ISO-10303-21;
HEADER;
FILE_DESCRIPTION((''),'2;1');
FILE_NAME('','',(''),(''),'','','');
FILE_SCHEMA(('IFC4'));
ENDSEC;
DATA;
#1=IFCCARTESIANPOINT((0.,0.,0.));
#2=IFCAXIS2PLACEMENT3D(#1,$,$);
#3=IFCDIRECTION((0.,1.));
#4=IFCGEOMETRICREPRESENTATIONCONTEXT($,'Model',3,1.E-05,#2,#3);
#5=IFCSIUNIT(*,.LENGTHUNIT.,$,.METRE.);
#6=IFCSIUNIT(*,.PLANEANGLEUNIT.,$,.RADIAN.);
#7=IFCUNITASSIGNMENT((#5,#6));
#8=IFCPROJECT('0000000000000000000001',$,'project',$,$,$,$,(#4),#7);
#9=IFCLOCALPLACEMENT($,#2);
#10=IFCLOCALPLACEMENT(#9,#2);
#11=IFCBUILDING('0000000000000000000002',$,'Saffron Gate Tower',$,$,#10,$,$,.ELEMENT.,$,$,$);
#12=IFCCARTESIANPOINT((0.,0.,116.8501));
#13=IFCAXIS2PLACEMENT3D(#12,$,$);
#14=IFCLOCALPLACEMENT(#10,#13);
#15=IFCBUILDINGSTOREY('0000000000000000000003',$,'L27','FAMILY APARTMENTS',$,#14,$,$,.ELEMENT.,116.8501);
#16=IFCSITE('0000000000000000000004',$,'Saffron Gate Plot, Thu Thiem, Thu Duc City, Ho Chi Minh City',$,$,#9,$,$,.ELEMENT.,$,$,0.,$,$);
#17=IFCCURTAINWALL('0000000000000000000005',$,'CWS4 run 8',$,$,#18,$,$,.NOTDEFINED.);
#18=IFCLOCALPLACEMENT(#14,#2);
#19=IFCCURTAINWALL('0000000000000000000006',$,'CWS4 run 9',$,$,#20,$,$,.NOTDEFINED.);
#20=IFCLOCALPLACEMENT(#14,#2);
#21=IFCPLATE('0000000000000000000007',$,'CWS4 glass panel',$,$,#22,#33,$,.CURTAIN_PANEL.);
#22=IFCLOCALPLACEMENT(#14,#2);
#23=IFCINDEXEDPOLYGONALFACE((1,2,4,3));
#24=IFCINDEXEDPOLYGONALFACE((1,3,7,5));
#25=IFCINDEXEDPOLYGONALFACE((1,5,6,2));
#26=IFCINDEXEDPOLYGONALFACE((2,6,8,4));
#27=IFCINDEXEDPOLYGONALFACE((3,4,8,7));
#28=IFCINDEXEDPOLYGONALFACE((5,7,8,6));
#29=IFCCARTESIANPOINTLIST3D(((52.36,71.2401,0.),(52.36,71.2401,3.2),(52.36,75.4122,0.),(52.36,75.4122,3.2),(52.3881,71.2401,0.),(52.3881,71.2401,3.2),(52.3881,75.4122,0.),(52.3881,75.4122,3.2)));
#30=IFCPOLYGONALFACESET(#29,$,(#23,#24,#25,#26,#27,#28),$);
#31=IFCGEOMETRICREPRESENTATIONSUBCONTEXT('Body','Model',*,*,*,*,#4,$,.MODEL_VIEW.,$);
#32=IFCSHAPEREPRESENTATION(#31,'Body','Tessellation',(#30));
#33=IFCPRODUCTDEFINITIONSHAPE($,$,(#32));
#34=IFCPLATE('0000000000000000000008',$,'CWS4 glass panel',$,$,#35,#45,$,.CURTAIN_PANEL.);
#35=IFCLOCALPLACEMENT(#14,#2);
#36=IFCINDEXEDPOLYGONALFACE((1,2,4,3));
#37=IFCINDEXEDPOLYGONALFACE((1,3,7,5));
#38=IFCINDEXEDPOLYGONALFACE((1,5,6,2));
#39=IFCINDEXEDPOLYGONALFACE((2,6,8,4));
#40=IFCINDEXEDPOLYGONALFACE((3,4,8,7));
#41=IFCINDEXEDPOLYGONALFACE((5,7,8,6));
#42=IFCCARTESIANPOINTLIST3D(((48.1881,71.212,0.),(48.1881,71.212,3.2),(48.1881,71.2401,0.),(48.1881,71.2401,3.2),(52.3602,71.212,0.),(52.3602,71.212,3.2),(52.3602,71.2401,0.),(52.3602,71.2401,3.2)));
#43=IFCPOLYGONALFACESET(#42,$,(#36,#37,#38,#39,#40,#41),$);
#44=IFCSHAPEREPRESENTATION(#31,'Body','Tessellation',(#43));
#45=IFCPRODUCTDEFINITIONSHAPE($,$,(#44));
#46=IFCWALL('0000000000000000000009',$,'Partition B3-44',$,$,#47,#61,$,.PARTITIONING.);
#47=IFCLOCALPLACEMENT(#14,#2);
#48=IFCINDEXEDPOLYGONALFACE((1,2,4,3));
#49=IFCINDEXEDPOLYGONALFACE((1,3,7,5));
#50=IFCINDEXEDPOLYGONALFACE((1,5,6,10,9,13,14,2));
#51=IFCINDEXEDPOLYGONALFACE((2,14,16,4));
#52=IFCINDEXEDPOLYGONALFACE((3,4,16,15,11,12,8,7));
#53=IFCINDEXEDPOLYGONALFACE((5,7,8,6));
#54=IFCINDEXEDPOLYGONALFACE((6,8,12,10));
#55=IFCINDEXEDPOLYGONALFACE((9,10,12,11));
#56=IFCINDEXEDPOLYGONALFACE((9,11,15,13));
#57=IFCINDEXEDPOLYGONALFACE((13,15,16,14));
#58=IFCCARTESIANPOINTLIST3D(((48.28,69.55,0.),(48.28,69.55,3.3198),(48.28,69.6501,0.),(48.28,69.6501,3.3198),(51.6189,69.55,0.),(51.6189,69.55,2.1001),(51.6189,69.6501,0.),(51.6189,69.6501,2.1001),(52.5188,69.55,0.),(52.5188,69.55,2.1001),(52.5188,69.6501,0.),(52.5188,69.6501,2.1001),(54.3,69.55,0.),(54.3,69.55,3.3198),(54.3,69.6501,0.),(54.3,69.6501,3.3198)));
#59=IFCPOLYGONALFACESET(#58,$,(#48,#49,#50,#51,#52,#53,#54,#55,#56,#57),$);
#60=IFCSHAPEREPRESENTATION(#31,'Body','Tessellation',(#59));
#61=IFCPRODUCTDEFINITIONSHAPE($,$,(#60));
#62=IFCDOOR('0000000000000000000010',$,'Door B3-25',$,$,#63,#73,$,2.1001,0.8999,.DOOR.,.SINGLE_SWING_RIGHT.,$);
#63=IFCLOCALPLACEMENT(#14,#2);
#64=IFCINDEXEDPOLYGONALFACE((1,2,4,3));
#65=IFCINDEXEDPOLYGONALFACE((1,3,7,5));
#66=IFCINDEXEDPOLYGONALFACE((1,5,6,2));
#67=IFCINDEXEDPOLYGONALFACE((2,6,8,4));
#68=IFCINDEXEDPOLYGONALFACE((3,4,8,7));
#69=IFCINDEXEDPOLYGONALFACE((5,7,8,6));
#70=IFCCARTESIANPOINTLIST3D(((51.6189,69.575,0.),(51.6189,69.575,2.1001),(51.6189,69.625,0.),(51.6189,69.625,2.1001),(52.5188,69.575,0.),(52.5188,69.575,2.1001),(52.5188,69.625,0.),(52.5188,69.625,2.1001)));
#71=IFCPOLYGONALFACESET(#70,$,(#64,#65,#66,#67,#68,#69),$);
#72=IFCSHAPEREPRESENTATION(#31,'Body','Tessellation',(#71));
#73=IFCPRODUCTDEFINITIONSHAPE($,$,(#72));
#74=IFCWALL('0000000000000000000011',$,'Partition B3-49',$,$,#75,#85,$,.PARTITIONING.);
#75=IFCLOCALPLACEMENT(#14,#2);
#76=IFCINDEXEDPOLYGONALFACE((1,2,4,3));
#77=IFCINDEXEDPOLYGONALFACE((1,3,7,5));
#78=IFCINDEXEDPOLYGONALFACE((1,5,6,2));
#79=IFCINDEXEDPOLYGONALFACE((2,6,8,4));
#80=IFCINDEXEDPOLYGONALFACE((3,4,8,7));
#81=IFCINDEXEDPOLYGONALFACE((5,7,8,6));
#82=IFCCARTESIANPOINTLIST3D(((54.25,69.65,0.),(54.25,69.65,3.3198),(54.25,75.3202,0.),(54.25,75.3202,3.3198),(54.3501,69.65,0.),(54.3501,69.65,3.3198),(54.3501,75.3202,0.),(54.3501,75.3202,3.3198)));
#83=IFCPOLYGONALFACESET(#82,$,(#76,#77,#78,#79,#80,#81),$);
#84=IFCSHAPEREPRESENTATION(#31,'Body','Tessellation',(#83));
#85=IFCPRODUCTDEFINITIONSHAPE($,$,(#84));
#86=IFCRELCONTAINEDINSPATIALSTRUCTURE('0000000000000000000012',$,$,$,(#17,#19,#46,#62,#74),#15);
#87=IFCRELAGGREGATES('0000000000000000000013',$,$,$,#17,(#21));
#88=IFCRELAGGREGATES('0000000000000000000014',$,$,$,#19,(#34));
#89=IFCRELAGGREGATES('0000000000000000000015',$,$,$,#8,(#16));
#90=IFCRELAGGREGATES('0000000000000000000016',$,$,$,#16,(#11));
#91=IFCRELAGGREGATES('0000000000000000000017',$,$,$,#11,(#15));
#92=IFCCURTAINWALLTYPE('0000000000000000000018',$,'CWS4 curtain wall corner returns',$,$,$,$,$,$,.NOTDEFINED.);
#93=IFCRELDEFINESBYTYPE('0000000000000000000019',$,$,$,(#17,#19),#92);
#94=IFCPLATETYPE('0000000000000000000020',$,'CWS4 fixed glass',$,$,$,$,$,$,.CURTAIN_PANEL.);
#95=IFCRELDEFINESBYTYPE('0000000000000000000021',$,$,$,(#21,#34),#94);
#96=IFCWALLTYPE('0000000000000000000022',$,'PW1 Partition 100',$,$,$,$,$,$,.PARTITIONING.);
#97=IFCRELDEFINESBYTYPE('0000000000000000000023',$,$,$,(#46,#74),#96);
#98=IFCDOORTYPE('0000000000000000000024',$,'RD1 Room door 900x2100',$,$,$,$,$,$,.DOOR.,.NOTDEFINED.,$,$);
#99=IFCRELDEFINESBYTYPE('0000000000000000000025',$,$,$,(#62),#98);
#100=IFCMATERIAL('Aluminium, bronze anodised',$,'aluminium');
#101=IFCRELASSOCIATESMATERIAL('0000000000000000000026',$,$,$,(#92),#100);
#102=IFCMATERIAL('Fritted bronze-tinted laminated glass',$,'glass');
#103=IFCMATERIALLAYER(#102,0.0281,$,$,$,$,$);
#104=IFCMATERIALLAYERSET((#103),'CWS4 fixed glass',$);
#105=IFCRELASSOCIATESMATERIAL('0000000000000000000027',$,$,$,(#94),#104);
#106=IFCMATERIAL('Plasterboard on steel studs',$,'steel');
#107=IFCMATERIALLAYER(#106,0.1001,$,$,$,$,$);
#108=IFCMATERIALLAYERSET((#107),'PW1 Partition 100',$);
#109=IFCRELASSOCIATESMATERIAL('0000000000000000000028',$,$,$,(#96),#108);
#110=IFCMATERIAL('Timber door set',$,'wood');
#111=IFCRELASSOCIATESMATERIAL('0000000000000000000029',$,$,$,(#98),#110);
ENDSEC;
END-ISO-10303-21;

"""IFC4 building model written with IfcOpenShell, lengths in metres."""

from ifc_helpers import new_model, si_unit, direction, frame, frame_2d, origin, place, context, subcontext, project, spatial, rectangle, extrude, material, layer, layer_set, type_object, element, fill, aggregate, save


model = new_model("IFC4")

# Units and contexts
model_context = context("Model", 3, precision=1e-05, world=origin(), true_north=direction((0.0, 1.0)))
body_context = subcontext(model_context, "Body", "Model", "MODEL_VIEW")
ifc_project = project(units=[si_unit("LENGTHUNIT", "METRE"), si_unit("PLANEANGLEUNIT", "RADIAN")], contexts=[model_context])

# Site, building, storey
site_placement = place(None, origin())
site = spatial("IfcSite", under=ifc_project, at=site_placement, Name="Saffron Gate Plot, Thu Thiem, Thu Duc City, Ho Chi Minh City", CompositionType="ELEMENT", RefElevation=0.0)
building_placement = place(site_placement, origin())
building = spatial("IfcBuilding", under=site, at=building_placement, Name="Saffron Gate Tower", CompositionType="ELEMENT")
storey_placement = place(building_placement, frame((0.0, 0.0, 116.8501)))
storey = spatial("IfcBuildingStorey", under=building, at=storey_placement, Name="L27", Description="FAMILY APARTMENTS", CompositionType="ELEMENT", Elevation=116.8501)

# Shared definitions
ifc_material_1 = material(Name="Aluminium, bronze anodised", Category="aluminium")

# Curtain walls
curtain_wall_type_1 = type_object("IfcCurtainWallType", Name="CWS4 curtain wall corner returns", PredefinedType="NOTDEFINED", material=ifc_material_1)
curtain_wall_1_placement = place(storey_placement, origin())
curtain_wall_1 = element("IfcCurtainWall", 1, at=curtain_wall_1_placement, inside=storey, type_object=curtain_wall_type_1, Name="CWS4 run 8", PredefinedType="NOTDEFINED")
curtain_wall_2_placement = place(storey_placement, origin())
curtain_wall_2 = element("IfcCurtainWall", 2, at=curtain_wall_2_placement, inside=storey, type_object=curtain_wall_type_1, Name="CWS4 run 9", PredefinedType="NOTDEFINED")

# Shared definitions
ifc_material_2 = material(Name="Fritted bronze-tinted laminated glass", Category="glass")

# Plates
ifc_layer_1 = layer(ifc_material_2, 0.0281)
ifc_layer_set_1 = layer_set([ifc_layer_1], Name="CWS4 fixed glass")
plate_type_1 = type_object("IfcPlateType", Name="CWS4 fixed glass", PredefinedType="CURTAIN_PANEL", material=ifc_layer_set_1)
plate_1_placement = place(storey_placement, frame((52.374, 75.4121, 0.0), z_axis=(0.0, 0.0, 1.0), x_axis=(0.0, -1.0, 0.0)))
plate_1 = element("IfcPlate", 3, at=plate_1_placement, type_object=plate_type_1, Name="CWS4 glass panel", PredefinedType="CURTAIN_PANEL", context=body_context, shape_type="SweptSolid", body=[
    extrude(rectangle(XDim=4.1721, YDim=0.0281, at=frame_2d((2.0859, 0.0))), origin(), (0.0, 0.0, 1.0), 3.2),
])
aggregate(curtain_wall_1, [plate_1])
plate_2_placement = place(storey_placement, frame((52.3601, 71.2261, 0.0), z_axis=(0.0, 0.0, 1.0), x_axis=(-1.0, 0.0, 0.0)))
plate_2 = element("IfcPlate", 4, at=plate_2_placement, type_object=plate_type_1, Name="CWS4 glass panel", PredefinedType="CURTAIN_PANEL", context=body_context, shape_type="SweptSolid", body=[
    extrude(rectangle(XDim=4.1721, YDim=0.0281, at=frame_2d((2.0859, 0.0))), origin(), (0.0, 0.0, 1.0), 3.2),
])
aggregate(curtain_wall_2, [plate_2])

# Wall, opening, door
ifc_material_3 = material(Name="Plasterboard on steel studs", Category="steel")
ifc_layer_2 = layer(ifc_material_3, 0.1001)
ifc_layer_set_2 = layer_set([ifc_layer_2], Name="PW1 Partition 100")
wall_type = type_object("IfcWallType", Name="PW1 Partition 100", PredefinedType="PARTITIONING", material=ifc_layer_set_2)
wall_1_placement = place(storey_placement, frame((48.28, 69.6001, 0.0), z_axis=(0.0, 0.0, 1.0), x_axis=(1.0, 0.0, 0.0)))
wall_1 = element("IfcWall", 5, at=wall_1_placement, inside=storey, type_object=wall_type, Name="Partition B3-44", PredefinedType="PARTITIONING", context=body_context, shape_type="SweptSolid", body=[
    extrude(rectangle(XDim=6.02, YDim=0.1001, at=frame_2d((3.01, 0.0))), origin(), (0.0, 0.0, 1.0), 3.3198),
])
opening_1_placement = place(wall_1_placement, frame((3.3389, 0.0, 0.0)))
opening_1 = element("IfcOpeningElement", 6, at=opening_1_placement, cuts=wall_1, PredefinedType="OPENING", context=body_context, shape_type="SweptSolid", body=[
    extrude(rectangle(XDim=0.8999, YDim=2.1001, at=frame_2d((0.45, 1.05))), frame((0.0, 0.0601, 0.0), z_axis=(0.0, -1.0, 0.0), x_axis=(1.0, 0.0, 0.0)), (0.0, 0.0, 1.0), 0.1201),
])
ifc_material_4 = material(Name="Timber door set", Category="wood")
door_type = type_object("IfcDoorType", Name="RD1 Room door 900x2100", OperationType="NOTDEFINED", PredefinedType="DOOR", material=ifc_material_4)
door_placement = place(opening_1_placement, origin())
door = element("IfcDoor", 7, at=door_placement, inside=storey, type_object=door_type, Name="Door B3-25", OperationType="SINGLE_SWING_RIGHT", OverallHeight=2.1001, OverallWidth=0.8999, PredefinedType="DOOR", context=body_context, shape_type="SweptSolid", body=[
    extrude(rectangle(XDim=0.8999, YDim=2.1001, at=frame_2d((0.45, 1.05))), frame((0.0, 0.0249, 0.0), z_axis=(0.0, -1.0, 0.0), x_axis=(1.0, 0.0, 0.0)), (0.0, 0.0, 1.0), 0.05),
])
fill(opening_1, door)

# Wall
wall_2_placement = place(storey_placement, frame((54.3, 75.3201, 0.0), z_axis=(0.0, 0.0, 1.0), x_axis=(0.0, -1.0, 0.0)))
element("IfcWall", 8, at=wall_2_placement, inside=storey, type_object=wall_type, Name="Partition B3-49", PredefinedType="PARTITIONING", context=body_context, shape_type="SweptSolid", body=[
    extrude(rectangle(XDim=5.6702, YDim=0.1001, at=frame_2d((2.835, 0.0))), origin(), (0.0, 0.0, 1.0), 3.3198),
])

save(model, "model.ifc")
